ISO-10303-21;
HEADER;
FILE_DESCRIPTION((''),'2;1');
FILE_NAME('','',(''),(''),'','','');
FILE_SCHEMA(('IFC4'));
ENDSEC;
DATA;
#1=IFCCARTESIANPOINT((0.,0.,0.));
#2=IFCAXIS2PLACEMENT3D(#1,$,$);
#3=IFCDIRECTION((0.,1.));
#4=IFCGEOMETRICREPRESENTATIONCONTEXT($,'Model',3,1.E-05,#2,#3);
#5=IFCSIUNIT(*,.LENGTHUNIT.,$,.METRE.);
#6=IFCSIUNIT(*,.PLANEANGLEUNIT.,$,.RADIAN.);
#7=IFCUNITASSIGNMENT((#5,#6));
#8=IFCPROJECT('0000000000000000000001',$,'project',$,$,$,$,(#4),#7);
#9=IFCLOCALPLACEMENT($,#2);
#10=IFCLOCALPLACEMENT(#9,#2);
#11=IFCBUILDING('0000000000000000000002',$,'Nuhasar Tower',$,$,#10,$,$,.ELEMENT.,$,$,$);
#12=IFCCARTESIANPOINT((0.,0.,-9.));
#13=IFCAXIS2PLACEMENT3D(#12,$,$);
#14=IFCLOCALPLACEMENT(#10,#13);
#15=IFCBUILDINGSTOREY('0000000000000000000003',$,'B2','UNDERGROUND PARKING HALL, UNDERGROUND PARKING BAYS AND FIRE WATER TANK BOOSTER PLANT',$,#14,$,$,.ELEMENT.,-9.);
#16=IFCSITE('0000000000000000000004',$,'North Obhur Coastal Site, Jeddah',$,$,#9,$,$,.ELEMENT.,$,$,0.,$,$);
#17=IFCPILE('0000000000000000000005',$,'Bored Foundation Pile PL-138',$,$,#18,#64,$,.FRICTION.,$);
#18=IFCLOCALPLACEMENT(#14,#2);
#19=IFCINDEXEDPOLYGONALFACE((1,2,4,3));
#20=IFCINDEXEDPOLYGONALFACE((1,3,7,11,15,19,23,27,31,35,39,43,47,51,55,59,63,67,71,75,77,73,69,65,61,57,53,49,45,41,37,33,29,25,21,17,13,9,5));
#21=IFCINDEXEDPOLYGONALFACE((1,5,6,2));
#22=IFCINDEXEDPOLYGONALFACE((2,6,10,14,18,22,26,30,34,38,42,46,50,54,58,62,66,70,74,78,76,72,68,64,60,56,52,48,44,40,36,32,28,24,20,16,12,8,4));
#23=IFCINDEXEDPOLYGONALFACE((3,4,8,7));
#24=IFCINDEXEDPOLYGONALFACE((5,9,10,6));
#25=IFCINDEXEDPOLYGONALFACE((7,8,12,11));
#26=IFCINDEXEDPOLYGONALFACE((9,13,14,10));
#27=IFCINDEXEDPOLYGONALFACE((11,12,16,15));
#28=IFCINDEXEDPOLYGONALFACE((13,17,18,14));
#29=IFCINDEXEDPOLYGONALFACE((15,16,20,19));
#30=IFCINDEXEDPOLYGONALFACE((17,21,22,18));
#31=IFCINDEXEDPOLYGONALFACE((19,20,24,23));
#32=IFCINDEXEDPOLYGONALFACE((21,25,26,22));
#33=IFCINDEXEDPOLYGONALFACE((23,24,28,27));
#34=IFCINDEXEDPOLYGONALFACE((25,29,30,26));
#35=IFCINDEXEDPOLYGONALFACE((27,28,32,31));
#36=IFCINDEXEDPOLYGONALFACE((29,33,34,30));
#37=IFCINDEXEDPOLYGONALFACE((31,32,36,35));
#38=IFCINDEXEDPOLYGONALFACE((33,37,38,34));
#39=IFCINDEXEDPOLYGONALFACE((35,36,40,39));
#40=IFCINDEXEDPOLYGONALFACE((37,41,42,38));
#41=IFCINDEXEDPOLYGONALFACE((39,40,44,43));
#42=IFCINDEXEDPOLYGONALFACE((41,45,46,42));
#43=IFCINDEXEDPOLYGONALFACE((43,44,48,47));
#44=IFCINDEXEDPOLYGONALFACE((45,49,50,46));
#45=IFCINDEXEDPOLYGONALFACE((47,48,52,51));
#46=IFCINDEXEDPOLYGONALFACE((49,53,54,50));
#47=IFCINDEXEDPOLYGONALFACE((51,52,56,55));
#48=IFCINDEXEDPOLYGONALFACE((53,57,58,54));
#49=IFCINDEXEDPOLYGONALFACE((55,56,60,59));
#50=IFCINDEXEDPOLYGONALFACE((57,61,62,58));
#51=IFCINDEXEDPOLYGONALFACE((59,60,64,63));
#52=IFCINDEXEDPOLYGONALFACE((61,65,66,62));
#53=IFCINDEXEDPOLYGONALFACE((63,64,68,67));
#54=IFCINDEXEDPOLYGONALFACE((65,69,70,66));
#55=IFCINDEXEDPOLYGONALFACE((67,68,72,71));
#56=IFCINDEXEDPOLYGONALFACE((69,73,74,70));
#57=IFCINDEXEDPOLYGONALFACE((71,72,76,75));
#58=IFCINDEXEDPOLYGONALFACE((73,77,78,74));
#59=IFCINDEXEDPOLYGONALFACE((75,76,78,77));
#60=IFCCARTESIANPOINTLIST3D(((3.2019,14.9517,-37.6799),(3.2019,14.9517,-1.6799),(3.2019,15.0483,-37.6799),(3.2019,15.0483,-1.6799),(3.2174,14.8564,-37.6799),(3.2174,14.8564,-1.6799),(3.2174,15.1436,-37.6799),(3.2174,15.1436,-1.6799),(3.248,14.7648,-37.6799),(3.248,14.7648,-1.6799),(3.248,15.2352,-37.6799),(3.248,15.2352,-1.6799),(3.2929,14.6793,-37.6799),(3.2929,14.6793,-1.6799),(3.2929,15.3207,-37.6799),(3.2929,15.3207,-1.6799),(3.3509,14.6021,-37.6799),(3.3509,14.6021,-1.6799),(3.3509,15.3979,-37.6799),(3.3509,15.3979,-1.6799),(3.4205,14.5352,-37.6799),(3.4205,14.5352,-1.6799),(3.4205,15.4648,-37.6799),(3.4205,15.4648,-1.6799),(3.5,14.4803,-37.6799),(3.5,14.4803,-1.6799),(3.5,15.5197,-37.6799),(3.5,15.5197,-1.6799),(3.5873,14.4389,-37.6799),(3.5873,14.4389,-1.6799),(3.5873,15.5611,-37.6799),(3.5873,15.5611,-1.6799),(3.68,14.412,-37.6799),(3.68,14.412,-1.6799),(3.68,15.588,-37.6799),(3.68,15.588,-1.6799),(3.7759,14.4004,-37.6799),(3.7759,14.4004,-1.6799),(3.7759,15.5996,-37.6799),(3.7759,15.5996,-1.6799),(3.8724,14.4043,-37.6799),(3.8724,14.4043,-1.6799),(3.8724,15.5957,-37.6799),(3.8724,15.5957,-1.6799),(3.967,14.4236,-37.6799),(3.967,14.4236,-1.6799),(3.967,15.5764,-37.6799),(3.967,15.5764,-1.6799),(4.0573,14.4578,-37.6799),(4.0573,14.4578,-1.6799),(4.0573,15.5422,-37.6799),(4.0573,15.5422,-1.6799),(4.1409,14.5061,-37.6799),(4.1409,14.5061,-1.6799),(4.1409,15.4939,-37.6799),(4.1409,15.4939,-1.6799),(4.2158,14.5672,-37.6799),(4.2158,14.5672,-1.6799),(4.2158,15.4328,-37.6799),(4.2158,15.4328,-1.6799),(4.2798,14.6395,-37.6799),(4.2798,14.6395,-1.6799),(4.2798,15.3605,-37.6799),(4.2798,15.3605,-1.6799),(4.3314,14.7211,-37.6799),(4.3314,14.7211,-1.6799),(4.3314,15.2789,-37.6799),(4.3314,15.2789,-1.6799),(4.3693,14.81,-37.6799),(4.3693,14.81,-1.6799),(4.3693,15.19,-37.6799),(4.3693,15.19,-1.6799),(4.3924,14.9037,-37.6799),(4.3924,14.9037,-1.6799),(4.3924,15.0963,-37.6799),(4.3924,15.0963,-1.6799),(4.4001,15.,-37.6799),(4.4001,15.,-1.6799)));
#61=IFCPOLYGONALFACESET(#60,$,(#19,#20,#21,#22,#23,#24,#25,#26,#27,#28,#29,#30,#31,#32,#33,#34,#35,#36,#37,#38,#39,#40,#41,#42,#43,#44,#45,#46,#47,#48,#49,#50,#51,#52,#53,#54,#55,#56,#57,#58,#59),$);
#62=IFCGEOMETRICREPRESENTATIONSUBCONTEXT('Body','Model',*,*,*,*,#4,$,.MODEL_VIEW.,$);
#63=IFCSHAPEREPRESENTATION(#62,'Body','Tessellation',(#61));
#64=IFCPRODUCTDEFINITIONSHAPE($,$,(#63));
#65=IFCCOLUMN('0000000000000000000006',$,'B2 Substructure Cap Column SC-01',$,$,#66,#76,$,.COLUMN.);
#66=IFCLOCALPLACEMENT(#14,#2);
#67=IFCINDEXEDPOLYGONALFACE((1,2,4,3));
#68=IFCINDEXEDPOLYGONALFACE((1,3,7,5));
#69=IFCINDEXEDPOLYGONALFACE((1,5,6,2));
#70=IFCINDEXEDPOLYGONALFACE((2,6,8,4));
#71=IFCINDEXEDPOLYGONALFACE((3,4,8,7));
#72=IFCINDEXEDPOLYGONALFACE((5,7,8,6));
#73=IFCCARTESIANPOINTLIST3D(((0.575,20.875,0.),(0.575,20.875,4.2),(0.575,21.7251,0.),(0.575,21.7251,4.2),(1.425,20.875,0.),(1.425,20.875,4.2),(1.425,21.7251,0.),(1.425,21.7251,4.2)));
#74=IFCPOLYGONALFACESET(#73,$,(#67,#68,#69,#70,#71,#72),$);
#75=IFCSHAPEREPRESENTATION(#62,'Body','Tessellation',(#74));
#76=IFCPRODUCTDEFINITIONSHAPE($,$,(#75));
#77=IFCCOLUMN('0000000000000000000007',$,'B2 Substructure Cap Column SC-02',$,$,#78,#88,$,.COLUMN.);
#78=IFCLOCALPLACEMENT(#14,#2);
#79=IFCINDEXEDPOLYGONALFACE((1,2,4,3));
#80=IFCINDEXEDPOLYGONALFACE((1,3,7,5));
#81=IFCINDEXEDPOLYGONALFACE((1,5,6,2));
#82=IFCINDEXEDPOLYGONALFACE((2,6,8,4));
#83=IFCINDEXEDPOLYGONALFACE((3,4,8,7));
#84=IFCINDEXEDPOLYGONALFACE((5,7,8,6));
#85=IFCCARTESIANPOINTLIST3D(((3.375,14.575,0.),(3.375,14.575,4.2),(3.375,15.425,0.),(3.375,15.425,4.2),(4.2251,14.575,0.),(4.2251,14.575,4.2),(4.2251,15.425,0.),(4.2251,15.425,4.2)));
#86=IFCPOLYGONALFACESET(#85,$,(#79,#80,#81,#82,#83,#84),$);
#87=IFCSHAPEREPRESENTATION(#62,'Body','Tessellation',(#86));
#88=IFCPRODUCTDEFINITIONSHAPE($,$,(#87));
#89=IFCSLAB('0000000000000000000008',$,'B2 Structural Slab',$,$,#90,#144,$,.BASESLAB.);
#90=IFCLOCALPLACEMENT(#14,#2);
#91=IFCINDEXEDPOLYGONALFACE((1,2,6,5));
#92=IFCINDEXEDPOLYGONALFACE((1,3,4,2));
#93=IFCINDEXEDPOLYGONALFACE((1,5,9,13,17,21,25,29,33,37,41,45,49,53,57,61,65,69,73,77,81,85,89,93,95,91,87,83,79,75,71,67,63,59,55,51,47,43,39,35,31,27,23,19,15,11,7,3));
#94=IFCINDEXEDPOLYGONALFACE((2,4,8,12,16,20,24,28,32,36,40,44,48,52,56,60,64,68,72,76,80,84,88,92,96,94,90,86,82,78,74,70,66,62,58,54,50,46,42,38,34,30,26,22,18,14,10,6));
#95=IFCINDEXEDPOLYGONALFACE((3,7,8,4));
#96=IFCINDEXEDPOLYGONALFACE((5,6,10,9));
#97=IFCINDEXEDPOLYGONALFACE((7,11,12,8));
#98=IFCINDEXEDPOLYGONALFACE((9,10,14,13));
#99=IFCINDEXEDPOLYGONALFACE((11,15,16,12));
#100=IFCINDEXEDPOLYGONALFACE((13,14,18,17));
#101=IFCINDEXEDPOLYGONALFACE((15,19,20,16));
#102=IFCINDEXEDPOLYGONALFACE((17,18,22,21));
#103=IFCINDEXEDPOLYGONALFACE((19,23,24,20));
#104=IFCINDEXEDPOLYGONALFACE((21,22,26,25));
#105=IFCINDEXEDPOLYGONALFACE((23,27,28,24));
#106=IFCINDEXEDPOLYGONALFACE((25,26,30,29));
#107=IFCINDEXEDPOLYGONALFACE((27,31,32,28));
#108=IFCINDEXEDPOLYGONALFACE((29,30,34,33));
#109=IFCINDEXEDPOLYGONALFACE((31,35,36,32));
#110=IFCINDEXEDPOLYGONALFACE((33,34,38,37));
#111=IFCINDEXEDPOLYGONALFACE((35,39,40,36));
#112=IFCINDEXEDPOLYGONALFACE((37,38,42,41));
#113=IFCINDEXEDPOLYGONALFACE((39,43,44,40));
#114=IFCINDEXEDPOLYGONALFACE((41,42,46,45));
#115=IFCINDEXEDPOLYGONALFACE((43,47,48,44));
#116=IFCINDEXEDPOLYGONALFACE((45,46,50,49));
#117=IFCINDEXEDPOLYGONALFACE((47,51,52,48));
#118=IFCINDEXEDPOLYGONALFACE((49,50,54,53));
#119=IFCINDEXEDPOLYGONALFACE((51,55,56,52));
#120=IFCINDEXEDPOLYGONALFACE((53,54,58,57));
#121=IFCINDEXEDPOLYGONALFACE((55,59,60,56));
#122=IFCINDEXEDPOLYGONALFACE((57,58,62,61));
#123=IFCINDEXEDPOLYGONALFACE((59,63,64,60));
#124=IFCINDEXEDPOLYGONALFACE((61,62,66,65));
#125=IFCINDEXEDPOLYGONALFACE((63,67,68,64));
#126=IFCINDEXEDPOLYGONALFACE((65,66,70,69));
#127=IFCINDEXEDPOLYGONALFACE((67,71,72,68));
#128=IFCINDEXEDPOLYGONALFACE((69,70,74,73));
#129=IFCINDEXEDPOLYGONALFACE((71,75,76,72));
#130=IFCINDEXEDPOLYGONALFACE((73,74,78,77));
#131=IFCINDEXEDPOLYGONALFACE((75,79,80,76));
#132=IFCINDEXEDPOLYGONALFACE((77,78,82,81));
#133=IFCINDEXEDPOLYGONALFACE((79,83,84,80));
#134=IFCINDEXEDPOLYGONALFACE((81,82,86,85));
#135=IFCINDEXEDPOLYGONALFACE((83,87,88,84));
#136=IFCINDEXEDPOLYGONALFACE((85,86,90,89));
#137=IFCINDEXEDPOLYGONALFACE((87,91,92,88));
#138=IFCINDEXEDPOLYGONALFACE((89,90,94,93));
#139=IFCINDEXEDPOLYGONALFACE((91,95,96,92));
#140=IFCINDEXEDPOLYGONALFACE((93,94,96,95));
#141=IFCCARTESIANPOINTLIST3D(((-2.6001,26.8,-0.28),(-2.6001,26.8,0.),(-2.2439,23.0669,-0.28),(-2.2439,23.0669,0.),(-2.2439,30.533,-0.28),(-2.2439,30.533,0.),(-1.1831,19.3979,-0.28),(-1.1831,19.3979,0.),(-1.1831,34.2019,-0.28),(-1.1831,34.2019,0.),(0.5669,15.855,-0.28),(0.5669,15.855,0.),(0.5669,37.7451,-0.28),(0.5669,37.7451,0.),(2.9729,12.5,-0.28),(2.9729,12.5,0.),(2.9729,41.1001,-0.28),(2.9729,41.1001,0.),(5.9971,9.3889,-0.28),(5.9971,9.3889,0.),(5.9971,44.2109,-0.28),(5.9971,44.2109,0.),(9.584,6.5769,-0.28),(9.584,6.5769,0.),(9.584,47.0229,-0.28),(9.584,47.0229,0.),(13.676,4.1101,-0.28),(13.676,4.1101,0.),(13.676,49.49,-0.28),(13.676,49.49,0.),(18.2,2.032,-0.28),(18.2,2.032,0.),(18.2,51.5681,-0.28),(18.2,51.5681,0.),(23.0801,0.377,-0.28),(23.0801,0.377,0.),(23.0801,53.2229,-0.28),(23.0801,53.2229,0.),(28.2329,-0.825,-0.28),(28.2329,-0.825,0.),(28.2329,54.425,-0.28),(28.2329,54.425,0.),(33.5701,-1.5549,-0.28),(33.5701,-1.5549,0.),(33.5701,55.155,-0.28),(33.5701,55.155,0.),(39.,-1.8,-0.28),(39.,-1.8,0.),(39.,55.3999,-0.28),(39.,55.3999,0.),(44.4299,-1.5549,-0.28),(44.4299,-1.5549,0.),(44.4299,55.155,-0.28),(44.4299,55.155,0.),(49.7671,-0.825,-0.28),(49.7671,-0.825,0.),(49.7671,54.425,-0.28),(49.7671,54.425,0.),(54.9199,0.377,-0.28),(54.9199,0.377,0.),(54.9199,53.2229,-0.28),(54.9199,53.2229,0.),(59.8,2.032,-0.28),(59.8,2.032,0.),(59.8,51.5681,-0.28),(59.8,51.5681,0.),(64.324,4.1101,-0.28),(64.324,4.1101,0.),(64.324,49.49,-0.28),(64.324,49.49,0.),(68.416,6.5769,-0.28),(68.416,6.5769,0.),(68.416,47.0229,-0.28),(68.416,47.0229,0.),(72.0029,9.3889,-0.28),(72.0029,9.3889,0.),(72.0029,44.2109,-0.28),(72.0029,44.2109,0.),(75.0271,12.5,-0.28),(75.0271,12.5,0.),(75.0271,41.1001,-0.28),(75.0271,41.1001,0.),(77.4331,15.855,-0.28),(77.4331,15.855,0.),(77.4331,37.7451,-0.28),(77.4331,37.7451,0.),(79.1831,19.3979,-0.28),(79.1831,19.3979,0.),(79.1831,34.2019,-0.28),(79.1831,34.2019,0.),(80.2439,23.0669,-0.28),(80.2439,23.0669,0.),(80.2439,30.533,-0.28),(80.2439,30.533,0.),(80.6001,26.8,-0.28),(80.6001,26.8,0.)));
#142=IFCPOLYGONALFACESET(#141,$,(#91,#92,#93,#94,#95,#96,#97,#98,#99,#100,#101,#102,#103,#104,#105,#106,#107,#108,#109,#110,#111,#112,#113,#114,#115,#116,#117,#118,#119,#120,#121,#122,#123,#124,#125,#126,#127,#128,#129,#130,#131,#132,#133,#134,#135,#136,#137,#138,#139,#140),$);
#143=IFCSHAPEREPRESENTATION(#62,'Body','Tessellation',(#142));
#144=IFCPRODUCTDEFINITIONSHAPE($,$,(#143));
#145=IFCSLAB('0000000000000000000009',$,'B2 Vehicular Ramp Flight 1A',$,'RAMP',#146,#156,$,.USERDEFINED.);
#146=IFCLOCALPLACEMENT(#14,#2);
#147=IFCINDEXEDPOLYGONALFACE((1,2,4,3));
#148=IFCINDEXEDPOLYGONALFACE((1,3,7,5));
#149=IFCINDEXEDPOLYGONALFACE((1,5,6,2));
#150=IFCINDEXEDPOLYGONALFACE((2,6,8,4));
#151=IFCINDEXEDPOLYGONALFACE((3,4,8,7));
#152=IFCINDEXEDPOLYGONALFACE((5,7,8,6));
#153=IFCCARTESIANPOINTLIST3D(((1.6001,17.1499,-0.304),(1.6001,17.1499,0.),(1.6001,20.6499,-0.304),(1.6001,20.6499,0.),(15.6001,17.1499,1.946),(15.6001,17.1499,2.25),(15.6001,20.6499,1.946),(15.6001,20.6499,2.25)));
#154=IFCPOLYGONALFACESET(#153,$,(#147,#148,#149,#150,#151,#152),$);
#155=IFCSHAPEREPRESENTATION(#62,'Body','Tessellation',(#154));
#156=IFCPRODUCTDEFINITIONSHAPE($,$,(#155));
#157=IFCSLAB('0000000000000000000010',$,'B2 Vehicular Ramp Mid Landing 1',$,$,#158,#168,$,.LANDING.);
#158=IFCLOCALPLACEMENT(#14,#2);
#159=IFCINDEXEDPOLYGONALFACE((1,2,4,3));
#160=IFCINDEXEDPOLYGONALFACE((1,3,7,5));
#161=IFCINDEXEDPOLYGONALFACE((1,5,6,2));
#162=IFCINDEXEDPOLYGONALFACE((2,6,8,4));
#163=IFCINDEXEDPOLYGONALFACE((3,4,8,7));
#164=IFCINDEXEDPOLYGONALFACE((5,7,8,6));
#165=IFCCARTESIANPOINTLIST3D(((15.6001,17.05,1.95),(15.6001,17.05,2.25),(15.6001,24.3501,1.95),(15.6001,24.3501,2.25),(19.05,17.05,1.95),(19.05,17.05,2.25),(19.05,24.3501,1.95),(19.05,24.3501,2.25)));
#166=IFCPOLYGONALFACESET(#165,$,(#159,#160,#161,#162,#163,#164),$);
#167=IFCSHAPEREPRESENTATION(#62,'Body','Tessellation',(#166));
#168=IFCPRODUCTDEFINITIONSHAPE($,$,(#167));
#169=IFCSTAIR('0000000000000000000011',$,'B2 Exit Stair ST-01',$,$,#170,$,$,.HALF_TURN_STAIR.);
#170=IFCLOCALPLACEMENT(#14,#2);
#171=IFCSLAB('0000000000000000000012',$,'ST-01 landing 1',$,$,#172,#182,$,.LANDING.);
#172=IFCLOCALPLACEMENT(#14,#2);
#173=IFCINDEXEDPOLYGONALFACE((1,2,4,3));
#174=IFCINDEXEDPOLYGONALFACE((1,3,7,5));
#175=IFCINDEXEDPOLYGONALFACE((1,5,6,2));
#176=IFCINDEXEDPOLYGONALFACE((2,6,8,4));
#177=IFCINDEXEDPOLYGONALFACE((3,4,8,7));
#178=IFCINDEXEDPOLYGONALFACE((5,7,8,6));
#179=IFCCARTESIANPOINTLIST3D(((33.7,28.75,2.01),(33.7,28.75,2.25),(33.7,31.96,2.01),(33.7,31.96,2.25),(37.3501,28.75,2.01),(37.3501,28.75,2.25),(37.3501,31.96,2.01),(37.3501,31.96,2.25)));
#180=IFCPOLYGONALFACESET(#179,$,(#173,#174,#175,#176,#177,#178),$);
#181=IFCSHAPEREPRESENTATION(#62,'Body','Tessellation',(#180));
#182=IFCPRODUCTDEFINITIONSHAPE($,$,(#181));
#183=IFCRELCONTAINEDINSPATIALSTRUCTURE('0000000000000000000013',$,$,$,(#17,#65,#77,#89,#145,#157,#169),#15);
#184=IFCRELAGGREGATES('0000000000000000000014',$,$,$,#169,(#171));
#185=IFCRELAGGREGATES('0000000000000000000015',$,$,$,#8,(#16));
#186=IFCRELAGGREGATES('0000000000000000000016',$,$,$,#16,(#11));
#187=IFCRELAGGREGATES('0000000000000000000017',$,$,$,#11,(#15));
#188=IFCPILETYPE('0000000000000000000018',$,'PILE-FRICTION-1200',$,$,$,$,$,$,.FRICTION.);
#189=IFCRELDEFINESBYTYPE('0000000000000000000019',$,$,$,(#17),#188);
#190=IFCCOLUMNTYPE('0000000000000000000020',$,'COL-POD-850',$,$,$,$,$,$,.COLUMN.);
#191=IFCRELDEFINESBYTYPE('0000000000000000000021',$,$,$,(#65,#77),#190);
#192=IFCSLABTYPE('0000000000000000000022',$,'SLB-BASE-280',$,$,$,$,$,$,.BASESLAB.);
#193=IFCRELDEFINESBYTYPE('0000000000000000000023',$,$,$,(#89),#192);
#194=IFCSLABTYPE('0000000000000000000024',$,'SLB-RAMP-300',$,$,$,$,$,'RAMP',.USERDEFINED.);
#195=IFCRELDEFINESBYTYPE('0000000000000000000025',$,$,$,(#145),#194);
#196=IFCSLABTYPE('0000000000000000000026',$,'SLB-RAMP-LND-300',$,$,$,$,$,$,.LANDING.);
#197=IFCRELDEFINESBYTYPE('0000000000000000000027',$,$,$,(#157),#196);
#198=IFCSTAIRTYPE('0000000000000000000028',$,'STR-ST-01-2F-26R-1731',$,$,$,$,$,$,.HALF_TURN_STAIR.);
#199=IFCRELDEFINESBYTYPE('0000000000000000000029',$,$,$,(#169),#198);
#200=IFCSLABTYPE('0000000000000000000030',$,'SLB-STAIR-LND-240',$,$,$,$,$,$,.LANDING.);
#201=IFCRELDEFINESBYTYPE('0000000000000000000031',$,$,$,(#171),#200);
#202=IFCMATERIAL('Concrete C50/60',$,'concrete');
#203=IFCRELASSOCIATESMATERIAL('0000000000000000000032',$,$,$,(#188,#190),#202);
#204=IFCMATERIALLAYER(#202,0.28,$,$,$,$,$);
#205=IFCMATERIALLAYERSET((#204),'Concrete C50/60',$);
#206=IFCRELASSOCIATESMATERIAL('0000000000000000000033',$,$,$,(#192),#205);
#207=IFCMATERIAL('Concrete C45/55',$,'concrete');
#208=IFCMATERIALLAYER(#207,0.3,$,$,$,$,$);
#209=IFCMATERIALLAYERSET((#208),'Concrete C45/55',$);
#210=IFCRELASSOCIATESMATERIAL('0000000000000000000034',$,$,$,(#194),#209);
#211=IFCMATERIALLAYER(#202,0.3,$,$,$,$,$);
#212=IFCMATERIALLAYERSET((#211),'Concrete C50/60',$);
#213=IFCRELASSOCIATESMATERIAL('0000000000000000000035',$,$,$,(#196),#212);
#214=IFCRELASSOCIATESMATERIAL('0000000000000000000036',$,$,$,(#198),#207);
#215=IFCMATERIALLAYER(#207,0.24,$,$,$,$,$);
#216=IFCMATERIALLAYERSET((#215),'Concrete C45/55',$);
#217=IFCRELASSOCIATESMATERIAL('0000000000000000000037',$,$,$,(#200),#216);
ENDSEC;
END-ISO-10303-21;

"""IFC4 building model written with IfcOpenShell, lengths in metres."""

from ifc_helpers import new_model, si_unit, direction, frame, origin, origin_2d, place, context, subcontext, project, spatial, polyline, rectangle, circle, outline, extrude, material, layer, layer_set, material_profile, profile_set, type_object, element, aggregate, save


model = new_model("IFC4")

# Units and contexts
model_context = context("Model", 3, precision=1e-05, world=origin(), true_north=direction((0.0, 1.0)))
body_context = subcontext(model_context, "Body", "Model", "MODEL_VIEW")
ifc_project = project(units=[si_unit("LENGTHUNIT", "METRE"), si_unit("PLANEANGLEUNIT", "RADIAN")], contexts=[model_context])

# Site, building, storey
site_placement = place(None, origin())
site = spatial("IfcSite", under=ifc_project, at=site_placement, Name="North Obhur Coastal Site, Jeddah", CompositionType="ELEMENT", RefElevation=0.0)
building_placement = place(site_placement, origin())
building = spatial("IfcBuilding", under=site, at=building_placement, Name="Nuhasar Tower", CompositionType="ELEMENT")
storey_placement = place(building_placement, frame((0.0, 0.0, -9.0)))
storey = spatial("IfcBuildingStorey", under=building, at=storey_placement, Name="B2", Description="UNDERGROUND PARKING HALL, UNDERGROUND PARKING BAYS AND FIRE WATER TANK BOOSTER PLANT", CompositionType="ELEMENT", Elevation=-9.0)

# Shared definitions
ifc_material_1 = material(Name="Concrete C50/60", Category="concrete")

# Pile
ifc_material_profile_1 = material_profile(ifc_material_1, circle(Radius=0.6001, at=origin_2d()), Name="PILE1200")
ifc_profile_set_1 = profile_set([ifc_material_profile_1], Name="Concrete C50/60")
pile_type_1 = type_object("IfcPileType", Name="PILE-FRICTION-1200", PredefinedType="FRICTION", material=ifc_profile_set_1)
for number, where, z_axis, x_axis, name in (
    (1, (3.8, 15.0, -1.6799), (0.0, 0.0, -1.0), (1.0, 0.0, 0.0), "Bored Foundation Pile PL-138"),
):
    element("IfcPile", number, at=place(storey_placement, frame(where, z_axis=z_axis, x_axis=x_axis)), inside=storey, type_object=pile_type_1, Name=name, PredefinedType="FRICTION", context=body_context, shape_type="SweptSolid", body=[
        extrude(circle(Radius=0.6001, at=origin_2d()), origin(), (0.0, 0.0, 1.0), 36.0),
    ])

# Columns
ifc_material_profile_2 = material_profile(ifc_material_1, rectangle(XDim=0.8501, YDim=0.8501, at=origin_2d()), Name="RC850X850")
ifc_profile_set_2 = profile_set([ifc_material_profile_2], Name="Concrete C50/60")
column_type = type_object("IfcColumnType", Name="COL-POD-850", PredefinedType="COLUMN", material=ifc_profile_set_2)
for number, where, z_axis, x_axis, name in (
    (2, (1.0, 21.3, 0.0), (0.0, 0.0, 1.0), (1.0, 0.0, 0.0), "B2 Substructure Cap Column SC-01"),
    (3, (3.8, 15.0, 0.0), (0.0, 0.0, 1.0), (1.0, 0.0, 0.0), "B2 Substructure Cap Column SC-02"),
):
    element("IfcColumn", number, at=place(storey_placement, frame(where, z_axis=z_axis, x_axis=x_axis)), inside=storey, type_object=column_type, Name=name, PredefinedType="COLUMN", context=body_context, shape_type="SweptSolid", body=[
        extrude(rectangle(XDim=0.8501, YDim=0.8501, at=origin_2d()), origin(), (0.0, 0.0, 1.0), 4.2),
    ])

# Slabs
ifc_layer_1 = layer(ifc_material_1, 0.28)
ifc_layer_set_1 = layer_set([ifc_layer_1], Name="Concrete C50/60")
slab_type_1 = type_object("IfcSlabType", Name="SLB-BASE-280", PredefinedType="BASESLAB", material=ifc_layer_set_1)
slab_1_placement = place(storey_placement, frame((0.0, 0.0, -0.28)))
element("IfcSlab", 4, at=slab_1_placement, inside=storey, type_object=slab_type_1, Name="B2 Structural Slab", PredefinedType="BASESLAB", context=body_context, shape_type="SweptSolid", body=[
    extrude(outline(polyline([(80.6001, 26.8), (80.2439, 30.533), (79.1831, 34.2019), (77.4331, 37.7451), (75.0271, 41.1001), (72.0029, 44.2109), (68.416, 47.0229), (64.324, 49.49), (59.8, 51.5681), (54.9199, 53.2229), (49.7671, 54.425), (44.4299, 55.155), (39.0, 55.3999), (33.5701, 55.155), (28.2329, 54.425), (23.0801, 53.2229), (18.2, 51.5681), (13.676, 49.49), (9.584, 47.0229), (5.9971, 44.2109), (2.9729, 41.1001), (0.5669, 37.7451), (-1.1831, 34.2019), (-2.2439, 30.533), (-2.6001, 26.8), (-2.2439, 23.0669), (-1.1831, 19.3979), (0.5669, 15.855), (2.9729, 12.5), (5.9971, 9.3889), (9.584, 6.5769), (13.676, 4.1101), (18.2, 2.032), (23.0801, 0.377), (28.2329, -0.825), (33.5701, -1.5549), (39.0, -1.8), (44.4299, -1.5549), (49.7671, -0.825), (54.9199, 0.377), (59.8, 2.032), (64.324, 4.1101), (68.416, 6.5769), (72.0029, 9.3889), (75.0271, 12.5), (77.4331, 15.855), (79.1831, 19.3979), (80.2439, 23.0669), (80.6001, 26.8)])), origin(), (0.0, 0.0, 1.0), 0.28),
])
ifc_material_2 = material(Name="Concrete C45/55", Category="concrete")
ifc_layer_2 = layer(ifc_material_2, 0.3)
ifc_layer_set_2 = layer_set([ifc_layer_2], Name="Concrete C45/55")
slab_type_2 = type_object("IfcSlabType", Name="SLB-RAMP-300", ElementType="RAMP", PredefinedType="USERDEFINED", material=ifc_layer_set_2)
slab_2_placement = place(storey_placement, frame((1.6001, 17.1499, 0.0), z_axis=(-0.158678, 0.0, 0.98733), x_axis=(0.98733, 0.0, 0.158678)))
element("IfcSlab", 5, at=slab_2_placement, inside=storey, type_object=slab_type_2, Name="B2 Vehicular Ramp Flight 1A", ObjectType="RAMP", PredefinedType="USERDEFINED", context=body_context, shape_type="SweptSolid", body=[
    extrude(outline(polyline([(0.0, 0.0), (14.1797, 0.0), (14.1797, 3.5), (0.0, 3.5), (0.0, 0.0)])), origin(), (-0.158678, 0.0, -0.98733), 0.304),
])
ifc_layer_3 = layer(ifc_material_1, 0.3)
ifc_layer_set_3 = layer_set([ifc_layer_3], Name="Concrete C50/60")
slab_type_3 = type_object("IfcSlabType", Name="SLB-RAMP-LND-300", PredefinedType="LANDING", material=ifc_layer_set_3)
slab_3_placement = place(storey_placement, frame((0.0, 0.0, 1.95)))
element("IfcSlab", 6, at=slab_3_placement, inside=storey, type_object=slab_type_3, Name="B2 Vehicular Ramp Mid Landing 1", PredefinedType="LANDING", context=body_context, shape_type="SweptSolid", body=[
    extrude(outline(polyline([(15.6001, 17.05), (19.05, 17.05), (19.05, 24.3501), (15.6001, 24.3501), (15.6001, 17.05)])), origin(), (0.0, 0.0, 1.0), 0.3),
])

# Stair, slab
stair_type_1 = type_object("IfcStairType", Name="STR-ST-01-2F-26R-1731", PredefinedType="HALF_TURN_STAIR", material=ifc_material_2)
stair_1_placement = place(storey_placement, origin())
stair_1 = element("IfcStair", 7, at=stair_1_placement, inside=storey, type_object=stair_type_1, Name="B2 Exit Stair ST-01", PredefinedType="HALF_TURN_STAIR")
ifc_layer_4 = layer(ifc_material_2, 0.24)
ifc_layer_set_4 = layer_set([ifc_layer_4], Name="Concrete C45/55")
slab_type_4 = type_object("IfcSlabType", Name="SLB-STAIR-LND-240", PredefinedType="LANDING", material=ifc_layer_set_4)
slab_4_placement = place(storey_placement, frame((0.0, 0.0, 2.01)))
slab_4 = element("IfcSlab", 8, at=slab_4_placement, type_object=slab_type_4, Name="ST-01 landing 1", PredefinedType="LANDING", context=body_context, shape_type="SweptSolid", body=[
    extrude(outline(polyline([(33.7, 28.75), (37.3501, 28.75), (37.3501, 31.96), (33.7, 31.96), (33.7, 28.75)])), origin(), (0.0, 0.0, 1.0), 0.24),
])
aggregate(stair_1, [slab_4])

save(model, "model.ifc")
